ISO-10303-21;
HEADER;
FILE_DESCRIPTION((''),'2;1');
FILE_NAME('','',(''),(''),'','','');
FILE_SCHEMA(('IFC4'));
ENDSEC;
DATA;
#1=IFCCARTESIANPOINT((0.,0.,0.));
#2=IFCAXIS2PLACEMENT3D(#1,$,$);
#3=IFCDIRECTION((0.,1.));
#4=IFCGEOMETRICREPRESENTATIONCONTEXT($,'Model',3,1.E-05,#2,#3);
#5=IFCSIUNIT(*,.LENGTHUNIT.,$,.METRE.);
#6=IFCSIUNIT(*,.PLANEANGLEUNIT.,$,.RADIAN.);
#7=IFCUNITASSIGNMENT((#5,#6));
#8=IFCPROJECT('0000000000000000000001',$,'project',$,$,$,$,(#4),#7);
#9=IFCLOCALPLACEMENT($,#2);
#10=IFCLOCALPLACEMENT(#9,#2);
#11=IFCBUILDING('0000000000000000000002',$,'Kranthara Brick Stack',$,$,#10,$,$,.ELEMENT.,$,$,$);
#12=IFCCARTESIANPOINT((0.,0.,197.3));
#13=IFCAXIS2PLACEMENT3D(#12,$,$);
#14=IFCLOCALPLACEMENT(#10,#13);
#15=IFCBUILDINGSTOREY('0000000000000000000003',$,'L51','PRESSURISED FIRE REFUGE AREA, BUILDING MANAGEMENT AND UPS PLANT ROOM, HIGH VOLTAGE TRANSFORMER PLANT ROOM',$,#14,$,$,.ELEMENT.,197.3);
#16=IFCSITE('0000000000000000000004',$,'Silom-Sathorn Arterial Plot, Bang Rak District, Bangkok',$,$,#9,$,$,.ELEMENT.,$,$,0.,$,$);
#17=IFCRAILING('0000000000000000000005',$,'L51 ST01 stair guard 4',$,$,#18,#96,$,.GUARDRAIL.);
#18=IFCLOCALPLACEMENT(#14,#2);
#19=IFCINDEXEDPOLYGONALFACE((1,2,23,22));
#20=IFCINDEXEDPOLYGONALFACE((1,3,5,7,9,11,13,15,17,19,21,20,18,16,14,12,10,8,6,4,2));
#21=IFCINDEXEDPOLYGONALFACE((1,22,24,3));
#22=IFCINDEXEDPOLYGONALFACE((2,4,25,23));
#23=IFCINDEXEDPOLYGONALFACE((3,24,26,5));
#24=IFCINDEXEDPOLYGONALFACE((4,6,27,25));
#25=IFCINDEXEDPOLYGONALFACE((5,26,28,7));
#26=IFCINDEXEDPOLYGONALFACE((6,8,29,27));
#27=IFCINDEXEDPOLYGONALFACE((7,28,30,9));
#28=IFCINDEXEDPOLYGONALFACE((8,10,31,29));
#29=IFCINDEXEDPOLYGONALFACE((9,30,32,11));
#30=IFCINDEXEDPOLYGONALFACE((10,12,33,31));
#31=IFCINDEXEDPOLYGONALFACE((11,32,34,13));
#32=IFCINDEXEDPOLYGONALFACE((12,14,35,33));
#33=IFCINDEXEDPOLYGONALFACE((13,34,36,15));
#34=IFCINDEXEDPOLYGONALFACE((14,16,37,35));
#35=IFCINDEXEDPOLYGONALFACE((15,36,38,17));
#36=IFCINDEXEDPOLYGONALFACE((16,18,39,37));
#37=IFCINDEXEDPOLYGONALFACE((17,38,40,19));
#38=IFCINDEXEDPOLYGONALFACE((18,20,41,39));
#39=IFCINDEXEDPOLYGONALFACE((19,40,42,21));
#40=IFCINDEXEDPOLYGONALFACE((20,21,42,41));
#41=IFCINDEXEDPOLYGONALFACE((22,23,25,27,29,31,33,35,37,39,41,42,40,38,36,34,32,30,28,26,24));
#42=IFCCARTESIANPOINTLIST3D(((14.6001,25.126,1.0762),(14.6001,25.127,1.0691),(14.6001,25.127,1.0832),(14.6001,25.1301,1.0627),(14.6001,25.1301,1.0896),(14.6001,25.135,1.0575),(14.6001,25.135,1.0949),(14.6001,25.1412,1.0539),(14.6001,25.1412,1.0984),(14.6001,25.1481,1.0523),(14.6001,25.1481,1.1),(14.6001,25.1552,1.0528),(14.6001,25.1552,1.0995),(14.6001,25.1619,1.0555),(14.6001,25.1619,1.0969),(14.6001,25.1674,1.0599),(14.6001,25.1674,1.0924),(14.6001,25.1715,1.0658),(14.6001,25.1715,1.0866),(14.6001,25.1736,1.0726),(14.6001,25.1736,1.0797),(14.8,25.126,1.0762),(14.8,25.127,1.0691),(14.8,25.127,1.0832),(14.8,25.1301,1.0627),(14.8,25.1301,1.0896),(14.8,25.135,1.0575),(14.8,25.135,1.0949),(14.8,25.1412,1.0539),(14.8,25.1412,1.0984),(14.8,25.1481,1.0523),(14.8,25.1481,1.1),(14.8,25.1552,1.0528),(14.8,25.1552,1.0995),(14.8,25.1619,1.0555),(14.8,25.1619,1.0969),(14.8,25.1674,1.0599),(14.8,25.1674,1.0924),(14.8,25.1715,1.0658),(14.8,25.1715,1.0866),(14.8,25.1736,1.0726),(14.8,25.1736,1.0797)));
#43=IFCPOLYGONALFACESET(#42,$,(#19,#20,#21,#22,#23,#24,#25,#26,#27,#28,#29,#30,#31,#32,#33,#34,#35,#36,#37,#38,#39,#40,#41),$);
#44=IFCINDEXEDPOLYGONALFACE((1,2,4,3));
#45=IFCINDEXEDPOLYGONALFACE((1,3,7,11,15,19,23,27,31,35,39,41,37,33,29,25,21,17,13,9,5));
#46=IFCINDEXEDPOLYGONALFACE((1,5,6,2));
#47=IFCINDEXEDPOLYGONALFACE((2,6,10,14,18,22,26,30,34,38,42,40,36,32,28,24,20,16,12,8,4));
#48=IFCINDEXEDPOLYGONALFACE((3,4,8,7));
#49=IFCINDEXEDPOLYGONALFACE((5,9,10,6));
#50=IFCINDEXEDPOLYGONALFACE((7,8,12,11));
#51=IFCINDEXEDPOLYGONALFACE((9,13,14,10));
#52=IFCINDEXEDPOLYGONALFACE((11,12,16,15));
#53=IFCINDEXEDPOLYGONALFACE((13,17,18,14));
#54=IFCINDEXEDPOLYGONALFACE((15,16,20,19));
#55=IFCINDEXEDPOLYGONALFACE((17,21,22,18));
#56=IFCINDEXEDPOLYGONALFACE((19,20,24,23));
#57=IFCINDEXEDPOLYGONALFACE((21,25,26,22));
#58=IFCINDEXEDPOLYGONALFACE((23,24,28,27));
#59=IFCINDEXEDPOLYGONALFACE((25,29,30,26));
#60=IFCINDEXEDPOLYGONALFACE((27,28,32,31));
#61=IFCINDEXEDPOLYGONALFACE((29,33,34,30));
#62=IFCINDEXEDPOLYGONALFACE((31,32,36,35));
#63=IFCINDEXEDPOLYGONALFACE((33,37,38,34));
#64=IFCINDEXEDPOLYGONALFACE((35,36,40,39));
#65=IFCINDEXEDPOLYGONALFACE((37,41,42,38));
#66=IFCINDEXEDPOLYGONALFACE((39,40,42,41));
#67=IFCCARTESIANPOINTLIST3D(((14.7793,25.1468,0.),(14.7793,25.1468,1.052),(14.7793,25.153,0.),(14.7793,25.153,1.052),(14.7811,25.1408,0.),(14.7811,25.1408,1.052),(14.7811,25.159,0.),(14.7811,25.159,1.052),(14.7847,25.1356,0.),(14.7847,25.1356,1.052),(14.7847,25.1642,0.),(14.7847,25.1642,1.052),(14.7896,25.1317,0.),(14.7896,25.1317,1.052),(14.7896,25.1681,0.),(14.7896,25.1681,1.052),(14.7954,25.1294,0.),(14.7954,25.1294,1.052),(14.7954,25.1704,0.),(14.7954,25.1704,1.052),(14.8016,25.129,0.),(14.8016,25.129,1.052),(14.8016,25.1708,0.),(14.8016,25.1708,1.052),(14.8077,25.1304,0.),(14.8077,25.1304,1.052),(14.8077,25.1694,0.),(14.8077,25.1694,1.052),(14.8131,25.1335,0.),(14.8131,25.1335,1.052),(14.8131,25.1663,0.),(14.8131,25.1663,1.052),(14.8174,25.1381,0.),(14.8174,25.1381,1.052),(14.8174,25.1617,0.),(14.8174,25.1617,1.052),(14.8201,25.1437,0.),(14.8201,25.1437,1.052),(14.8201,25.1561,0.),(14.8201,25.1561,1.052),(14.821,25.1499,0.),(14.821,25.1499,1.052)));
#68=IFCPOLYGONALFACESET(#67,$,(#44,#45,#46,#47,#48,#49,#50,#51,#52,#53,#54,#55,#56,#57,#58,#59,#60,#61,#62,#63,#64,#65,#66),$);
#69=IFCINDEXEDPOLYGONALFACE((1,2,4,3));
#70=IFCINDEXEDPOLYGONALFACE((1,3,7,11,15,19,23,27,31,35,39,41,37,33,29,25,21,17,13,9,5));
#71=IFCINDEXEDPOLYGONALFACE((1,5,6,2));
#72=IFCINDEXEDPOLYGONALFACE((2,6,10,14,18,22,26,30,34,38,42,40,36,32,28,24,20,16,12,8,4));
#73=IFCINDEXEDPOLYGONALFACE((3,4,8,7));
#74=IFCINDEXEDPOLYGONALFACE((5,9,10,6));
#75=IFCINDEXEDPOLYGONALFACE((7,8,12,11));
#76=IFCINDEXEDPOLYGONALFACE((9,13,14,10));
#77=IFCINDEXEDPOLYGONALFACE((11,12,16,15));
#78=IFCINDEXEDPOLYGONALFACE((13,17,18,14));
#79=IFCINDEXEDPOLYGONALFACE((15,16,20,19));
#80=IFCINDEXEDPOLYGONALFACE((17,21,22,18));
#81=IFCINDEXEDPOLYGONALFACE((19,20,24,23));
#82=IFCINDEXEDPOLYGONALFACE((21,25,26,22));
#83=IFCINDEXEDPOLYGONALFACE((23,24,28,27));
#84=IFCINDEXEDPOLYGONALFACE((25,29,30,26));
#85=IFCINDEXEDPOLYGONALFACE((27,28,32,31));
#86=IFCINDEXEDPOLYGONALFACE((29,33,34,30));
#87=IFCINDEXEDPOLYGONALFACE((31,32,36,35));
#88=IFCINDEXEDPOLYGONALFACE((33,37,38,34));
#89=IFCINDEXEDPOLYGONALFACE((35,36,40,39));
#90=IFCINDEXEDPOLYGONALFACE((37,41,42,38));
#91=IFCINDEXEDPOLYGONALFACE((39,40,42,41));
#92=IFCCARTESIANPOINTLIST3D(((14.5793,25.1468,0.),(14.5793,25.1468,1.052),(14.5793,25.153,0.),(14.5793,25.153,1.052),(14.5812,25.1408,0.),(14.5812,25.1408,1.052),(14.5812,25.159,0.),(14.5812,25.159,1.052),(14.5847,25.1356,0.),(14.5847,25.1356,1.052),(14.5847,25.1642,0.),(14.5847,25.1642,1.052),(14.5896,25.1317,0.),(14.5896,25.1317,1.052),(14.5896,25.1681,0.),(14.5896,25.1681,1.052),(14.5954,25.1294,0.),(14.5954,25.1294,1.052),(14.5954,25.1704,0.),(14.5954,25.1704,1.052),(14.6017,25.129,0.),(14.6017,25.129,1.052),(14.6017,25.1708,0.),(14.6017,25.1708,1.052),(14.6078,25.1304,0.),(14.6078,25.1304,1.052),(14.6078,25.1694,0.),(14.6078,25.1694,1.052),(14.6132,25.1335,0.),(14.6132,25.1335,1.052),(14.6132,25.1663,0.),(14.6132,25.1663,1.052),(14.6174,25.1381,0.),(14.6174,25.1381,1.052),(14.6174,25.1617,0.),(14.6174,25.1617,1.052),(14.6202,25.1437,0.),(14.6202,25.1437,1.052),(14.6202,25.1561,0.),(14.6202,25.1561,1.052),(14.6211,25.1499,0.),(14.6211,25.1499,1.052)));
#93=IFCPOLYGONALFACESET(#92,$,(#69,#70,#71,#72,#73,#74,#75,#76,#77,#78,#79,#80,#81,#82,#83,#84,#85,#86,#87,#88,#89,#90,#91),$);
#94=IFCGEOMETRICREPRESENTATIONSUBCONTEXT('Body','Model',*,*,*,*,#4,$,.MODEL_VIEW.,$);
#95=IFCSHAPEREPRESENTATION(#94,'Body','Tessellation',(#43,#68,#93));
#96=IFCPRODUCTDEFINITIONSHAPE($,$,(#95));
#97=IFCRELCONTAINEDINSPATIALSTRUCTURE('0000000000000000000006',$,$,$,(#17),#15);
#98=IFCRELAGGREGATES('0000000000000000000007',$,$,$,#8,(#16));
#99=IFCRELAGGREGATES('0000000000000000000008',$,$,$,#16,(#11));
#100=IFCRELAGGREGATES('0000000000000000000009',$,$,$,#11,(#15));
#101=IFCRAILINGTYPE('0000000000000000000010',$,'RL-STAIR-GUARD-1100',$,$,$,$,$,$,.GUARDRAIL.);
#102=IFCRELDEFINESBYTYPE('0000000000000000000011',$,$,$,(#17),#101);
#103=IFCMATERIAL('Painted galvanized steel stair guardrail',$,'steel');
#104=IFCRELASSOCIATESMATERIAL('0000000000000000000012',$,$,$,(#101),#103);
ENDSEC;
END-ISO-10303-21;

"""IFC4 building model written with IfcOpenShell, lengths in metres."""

from ifc_helpers import new_model, si_unit, direction, frame, origin, origin_2d, place, context, subcontext, project, spatial, circle, extrude, material, type_object, element, save


model = new_model("IFC4")

# Units and contexts
model_context = context("Model", 3, precision=1e-05, world=origin(), true_north=direction((0.0, 1.0)))
body_context = subcontext(model_context, "Body", "Model", "MODEL_VIEW")
ifc_project = project(units=[si_unit("LENGTHUNIT", "METRE"), si_unit("PLANEANGLEUNIT", "RADIAN")], contexts=[model_context])

# Site, building, storey
site_placement = place(None, origin())
site = spatial("IfcSite", under=ifc_project, at=site_placement, Name="Silom-Sathorn Arterial Plot, Bang Rak District, Bangkok", CompositionType="ELEMENT", RefElevation=0.0)
building_placement = place(site_placement, origin())
building = spatial("IfcBuilding", under=site, at=building_placement, Name="Kranthara Brick Stack", CompositionType="ELEMENT")
storey_placement = place(building_placement, frame((0.0, 0.0, 197.3)))
storey = spatial("IfcBuildingStorey", under=building, at=storey_placement, Name="L51", Description="PRESSURISED FIRE REFUGE AREA, BUILDING MANAGEMENT AND UPS PLANT ROOM, HIGH VOLTAGE TRANSFORMER PLANT ROOM", CompositionType="ELEMENT", Elevation=197.3)

# Railing
ifc_material_1 = material(Name="Painted galvanized steel stair guardrail", Category="steel")
railing_type_1 = type_object("IfcRailingType", Name="RL-STAIR-GUARD-1100", PredefinedType="GUARDRAIL", material=ifc_material_1)
railing_1_placement = place(storey_placement, frame((14.8, 25.1499, 0.0)))
element("IfcRailing", 1, at=railing_1_placement, inside=storey, type_object=railing_type_1, Name="L51 ST01 stair guard 4", PredefinedType="GUARDRAIL", context=body_context, shape_type="SweptSolid", body=[
    extrude(circle(Radius=0.0239, at=origin_2d()), frame((0.0, 0.0, 1.0762), z_axis=(-1.0, 0.0, 0.0), x_axis=(0.0, -1.0, 0.0)), (0.0, 0.0, 1.0), 0.2),
    extrude(circle(Radius=0.021, at=origin_2d()), origin(), (0.0, 0.0, 1.0), 1.052),
    extrude(circle(Radius=0.021, at=origin_2d()), frame((-0.2, 0.0, 0.0)), (0.0, 0.0, 1.0), 1.052),
])

save(model, "model.ifc")
